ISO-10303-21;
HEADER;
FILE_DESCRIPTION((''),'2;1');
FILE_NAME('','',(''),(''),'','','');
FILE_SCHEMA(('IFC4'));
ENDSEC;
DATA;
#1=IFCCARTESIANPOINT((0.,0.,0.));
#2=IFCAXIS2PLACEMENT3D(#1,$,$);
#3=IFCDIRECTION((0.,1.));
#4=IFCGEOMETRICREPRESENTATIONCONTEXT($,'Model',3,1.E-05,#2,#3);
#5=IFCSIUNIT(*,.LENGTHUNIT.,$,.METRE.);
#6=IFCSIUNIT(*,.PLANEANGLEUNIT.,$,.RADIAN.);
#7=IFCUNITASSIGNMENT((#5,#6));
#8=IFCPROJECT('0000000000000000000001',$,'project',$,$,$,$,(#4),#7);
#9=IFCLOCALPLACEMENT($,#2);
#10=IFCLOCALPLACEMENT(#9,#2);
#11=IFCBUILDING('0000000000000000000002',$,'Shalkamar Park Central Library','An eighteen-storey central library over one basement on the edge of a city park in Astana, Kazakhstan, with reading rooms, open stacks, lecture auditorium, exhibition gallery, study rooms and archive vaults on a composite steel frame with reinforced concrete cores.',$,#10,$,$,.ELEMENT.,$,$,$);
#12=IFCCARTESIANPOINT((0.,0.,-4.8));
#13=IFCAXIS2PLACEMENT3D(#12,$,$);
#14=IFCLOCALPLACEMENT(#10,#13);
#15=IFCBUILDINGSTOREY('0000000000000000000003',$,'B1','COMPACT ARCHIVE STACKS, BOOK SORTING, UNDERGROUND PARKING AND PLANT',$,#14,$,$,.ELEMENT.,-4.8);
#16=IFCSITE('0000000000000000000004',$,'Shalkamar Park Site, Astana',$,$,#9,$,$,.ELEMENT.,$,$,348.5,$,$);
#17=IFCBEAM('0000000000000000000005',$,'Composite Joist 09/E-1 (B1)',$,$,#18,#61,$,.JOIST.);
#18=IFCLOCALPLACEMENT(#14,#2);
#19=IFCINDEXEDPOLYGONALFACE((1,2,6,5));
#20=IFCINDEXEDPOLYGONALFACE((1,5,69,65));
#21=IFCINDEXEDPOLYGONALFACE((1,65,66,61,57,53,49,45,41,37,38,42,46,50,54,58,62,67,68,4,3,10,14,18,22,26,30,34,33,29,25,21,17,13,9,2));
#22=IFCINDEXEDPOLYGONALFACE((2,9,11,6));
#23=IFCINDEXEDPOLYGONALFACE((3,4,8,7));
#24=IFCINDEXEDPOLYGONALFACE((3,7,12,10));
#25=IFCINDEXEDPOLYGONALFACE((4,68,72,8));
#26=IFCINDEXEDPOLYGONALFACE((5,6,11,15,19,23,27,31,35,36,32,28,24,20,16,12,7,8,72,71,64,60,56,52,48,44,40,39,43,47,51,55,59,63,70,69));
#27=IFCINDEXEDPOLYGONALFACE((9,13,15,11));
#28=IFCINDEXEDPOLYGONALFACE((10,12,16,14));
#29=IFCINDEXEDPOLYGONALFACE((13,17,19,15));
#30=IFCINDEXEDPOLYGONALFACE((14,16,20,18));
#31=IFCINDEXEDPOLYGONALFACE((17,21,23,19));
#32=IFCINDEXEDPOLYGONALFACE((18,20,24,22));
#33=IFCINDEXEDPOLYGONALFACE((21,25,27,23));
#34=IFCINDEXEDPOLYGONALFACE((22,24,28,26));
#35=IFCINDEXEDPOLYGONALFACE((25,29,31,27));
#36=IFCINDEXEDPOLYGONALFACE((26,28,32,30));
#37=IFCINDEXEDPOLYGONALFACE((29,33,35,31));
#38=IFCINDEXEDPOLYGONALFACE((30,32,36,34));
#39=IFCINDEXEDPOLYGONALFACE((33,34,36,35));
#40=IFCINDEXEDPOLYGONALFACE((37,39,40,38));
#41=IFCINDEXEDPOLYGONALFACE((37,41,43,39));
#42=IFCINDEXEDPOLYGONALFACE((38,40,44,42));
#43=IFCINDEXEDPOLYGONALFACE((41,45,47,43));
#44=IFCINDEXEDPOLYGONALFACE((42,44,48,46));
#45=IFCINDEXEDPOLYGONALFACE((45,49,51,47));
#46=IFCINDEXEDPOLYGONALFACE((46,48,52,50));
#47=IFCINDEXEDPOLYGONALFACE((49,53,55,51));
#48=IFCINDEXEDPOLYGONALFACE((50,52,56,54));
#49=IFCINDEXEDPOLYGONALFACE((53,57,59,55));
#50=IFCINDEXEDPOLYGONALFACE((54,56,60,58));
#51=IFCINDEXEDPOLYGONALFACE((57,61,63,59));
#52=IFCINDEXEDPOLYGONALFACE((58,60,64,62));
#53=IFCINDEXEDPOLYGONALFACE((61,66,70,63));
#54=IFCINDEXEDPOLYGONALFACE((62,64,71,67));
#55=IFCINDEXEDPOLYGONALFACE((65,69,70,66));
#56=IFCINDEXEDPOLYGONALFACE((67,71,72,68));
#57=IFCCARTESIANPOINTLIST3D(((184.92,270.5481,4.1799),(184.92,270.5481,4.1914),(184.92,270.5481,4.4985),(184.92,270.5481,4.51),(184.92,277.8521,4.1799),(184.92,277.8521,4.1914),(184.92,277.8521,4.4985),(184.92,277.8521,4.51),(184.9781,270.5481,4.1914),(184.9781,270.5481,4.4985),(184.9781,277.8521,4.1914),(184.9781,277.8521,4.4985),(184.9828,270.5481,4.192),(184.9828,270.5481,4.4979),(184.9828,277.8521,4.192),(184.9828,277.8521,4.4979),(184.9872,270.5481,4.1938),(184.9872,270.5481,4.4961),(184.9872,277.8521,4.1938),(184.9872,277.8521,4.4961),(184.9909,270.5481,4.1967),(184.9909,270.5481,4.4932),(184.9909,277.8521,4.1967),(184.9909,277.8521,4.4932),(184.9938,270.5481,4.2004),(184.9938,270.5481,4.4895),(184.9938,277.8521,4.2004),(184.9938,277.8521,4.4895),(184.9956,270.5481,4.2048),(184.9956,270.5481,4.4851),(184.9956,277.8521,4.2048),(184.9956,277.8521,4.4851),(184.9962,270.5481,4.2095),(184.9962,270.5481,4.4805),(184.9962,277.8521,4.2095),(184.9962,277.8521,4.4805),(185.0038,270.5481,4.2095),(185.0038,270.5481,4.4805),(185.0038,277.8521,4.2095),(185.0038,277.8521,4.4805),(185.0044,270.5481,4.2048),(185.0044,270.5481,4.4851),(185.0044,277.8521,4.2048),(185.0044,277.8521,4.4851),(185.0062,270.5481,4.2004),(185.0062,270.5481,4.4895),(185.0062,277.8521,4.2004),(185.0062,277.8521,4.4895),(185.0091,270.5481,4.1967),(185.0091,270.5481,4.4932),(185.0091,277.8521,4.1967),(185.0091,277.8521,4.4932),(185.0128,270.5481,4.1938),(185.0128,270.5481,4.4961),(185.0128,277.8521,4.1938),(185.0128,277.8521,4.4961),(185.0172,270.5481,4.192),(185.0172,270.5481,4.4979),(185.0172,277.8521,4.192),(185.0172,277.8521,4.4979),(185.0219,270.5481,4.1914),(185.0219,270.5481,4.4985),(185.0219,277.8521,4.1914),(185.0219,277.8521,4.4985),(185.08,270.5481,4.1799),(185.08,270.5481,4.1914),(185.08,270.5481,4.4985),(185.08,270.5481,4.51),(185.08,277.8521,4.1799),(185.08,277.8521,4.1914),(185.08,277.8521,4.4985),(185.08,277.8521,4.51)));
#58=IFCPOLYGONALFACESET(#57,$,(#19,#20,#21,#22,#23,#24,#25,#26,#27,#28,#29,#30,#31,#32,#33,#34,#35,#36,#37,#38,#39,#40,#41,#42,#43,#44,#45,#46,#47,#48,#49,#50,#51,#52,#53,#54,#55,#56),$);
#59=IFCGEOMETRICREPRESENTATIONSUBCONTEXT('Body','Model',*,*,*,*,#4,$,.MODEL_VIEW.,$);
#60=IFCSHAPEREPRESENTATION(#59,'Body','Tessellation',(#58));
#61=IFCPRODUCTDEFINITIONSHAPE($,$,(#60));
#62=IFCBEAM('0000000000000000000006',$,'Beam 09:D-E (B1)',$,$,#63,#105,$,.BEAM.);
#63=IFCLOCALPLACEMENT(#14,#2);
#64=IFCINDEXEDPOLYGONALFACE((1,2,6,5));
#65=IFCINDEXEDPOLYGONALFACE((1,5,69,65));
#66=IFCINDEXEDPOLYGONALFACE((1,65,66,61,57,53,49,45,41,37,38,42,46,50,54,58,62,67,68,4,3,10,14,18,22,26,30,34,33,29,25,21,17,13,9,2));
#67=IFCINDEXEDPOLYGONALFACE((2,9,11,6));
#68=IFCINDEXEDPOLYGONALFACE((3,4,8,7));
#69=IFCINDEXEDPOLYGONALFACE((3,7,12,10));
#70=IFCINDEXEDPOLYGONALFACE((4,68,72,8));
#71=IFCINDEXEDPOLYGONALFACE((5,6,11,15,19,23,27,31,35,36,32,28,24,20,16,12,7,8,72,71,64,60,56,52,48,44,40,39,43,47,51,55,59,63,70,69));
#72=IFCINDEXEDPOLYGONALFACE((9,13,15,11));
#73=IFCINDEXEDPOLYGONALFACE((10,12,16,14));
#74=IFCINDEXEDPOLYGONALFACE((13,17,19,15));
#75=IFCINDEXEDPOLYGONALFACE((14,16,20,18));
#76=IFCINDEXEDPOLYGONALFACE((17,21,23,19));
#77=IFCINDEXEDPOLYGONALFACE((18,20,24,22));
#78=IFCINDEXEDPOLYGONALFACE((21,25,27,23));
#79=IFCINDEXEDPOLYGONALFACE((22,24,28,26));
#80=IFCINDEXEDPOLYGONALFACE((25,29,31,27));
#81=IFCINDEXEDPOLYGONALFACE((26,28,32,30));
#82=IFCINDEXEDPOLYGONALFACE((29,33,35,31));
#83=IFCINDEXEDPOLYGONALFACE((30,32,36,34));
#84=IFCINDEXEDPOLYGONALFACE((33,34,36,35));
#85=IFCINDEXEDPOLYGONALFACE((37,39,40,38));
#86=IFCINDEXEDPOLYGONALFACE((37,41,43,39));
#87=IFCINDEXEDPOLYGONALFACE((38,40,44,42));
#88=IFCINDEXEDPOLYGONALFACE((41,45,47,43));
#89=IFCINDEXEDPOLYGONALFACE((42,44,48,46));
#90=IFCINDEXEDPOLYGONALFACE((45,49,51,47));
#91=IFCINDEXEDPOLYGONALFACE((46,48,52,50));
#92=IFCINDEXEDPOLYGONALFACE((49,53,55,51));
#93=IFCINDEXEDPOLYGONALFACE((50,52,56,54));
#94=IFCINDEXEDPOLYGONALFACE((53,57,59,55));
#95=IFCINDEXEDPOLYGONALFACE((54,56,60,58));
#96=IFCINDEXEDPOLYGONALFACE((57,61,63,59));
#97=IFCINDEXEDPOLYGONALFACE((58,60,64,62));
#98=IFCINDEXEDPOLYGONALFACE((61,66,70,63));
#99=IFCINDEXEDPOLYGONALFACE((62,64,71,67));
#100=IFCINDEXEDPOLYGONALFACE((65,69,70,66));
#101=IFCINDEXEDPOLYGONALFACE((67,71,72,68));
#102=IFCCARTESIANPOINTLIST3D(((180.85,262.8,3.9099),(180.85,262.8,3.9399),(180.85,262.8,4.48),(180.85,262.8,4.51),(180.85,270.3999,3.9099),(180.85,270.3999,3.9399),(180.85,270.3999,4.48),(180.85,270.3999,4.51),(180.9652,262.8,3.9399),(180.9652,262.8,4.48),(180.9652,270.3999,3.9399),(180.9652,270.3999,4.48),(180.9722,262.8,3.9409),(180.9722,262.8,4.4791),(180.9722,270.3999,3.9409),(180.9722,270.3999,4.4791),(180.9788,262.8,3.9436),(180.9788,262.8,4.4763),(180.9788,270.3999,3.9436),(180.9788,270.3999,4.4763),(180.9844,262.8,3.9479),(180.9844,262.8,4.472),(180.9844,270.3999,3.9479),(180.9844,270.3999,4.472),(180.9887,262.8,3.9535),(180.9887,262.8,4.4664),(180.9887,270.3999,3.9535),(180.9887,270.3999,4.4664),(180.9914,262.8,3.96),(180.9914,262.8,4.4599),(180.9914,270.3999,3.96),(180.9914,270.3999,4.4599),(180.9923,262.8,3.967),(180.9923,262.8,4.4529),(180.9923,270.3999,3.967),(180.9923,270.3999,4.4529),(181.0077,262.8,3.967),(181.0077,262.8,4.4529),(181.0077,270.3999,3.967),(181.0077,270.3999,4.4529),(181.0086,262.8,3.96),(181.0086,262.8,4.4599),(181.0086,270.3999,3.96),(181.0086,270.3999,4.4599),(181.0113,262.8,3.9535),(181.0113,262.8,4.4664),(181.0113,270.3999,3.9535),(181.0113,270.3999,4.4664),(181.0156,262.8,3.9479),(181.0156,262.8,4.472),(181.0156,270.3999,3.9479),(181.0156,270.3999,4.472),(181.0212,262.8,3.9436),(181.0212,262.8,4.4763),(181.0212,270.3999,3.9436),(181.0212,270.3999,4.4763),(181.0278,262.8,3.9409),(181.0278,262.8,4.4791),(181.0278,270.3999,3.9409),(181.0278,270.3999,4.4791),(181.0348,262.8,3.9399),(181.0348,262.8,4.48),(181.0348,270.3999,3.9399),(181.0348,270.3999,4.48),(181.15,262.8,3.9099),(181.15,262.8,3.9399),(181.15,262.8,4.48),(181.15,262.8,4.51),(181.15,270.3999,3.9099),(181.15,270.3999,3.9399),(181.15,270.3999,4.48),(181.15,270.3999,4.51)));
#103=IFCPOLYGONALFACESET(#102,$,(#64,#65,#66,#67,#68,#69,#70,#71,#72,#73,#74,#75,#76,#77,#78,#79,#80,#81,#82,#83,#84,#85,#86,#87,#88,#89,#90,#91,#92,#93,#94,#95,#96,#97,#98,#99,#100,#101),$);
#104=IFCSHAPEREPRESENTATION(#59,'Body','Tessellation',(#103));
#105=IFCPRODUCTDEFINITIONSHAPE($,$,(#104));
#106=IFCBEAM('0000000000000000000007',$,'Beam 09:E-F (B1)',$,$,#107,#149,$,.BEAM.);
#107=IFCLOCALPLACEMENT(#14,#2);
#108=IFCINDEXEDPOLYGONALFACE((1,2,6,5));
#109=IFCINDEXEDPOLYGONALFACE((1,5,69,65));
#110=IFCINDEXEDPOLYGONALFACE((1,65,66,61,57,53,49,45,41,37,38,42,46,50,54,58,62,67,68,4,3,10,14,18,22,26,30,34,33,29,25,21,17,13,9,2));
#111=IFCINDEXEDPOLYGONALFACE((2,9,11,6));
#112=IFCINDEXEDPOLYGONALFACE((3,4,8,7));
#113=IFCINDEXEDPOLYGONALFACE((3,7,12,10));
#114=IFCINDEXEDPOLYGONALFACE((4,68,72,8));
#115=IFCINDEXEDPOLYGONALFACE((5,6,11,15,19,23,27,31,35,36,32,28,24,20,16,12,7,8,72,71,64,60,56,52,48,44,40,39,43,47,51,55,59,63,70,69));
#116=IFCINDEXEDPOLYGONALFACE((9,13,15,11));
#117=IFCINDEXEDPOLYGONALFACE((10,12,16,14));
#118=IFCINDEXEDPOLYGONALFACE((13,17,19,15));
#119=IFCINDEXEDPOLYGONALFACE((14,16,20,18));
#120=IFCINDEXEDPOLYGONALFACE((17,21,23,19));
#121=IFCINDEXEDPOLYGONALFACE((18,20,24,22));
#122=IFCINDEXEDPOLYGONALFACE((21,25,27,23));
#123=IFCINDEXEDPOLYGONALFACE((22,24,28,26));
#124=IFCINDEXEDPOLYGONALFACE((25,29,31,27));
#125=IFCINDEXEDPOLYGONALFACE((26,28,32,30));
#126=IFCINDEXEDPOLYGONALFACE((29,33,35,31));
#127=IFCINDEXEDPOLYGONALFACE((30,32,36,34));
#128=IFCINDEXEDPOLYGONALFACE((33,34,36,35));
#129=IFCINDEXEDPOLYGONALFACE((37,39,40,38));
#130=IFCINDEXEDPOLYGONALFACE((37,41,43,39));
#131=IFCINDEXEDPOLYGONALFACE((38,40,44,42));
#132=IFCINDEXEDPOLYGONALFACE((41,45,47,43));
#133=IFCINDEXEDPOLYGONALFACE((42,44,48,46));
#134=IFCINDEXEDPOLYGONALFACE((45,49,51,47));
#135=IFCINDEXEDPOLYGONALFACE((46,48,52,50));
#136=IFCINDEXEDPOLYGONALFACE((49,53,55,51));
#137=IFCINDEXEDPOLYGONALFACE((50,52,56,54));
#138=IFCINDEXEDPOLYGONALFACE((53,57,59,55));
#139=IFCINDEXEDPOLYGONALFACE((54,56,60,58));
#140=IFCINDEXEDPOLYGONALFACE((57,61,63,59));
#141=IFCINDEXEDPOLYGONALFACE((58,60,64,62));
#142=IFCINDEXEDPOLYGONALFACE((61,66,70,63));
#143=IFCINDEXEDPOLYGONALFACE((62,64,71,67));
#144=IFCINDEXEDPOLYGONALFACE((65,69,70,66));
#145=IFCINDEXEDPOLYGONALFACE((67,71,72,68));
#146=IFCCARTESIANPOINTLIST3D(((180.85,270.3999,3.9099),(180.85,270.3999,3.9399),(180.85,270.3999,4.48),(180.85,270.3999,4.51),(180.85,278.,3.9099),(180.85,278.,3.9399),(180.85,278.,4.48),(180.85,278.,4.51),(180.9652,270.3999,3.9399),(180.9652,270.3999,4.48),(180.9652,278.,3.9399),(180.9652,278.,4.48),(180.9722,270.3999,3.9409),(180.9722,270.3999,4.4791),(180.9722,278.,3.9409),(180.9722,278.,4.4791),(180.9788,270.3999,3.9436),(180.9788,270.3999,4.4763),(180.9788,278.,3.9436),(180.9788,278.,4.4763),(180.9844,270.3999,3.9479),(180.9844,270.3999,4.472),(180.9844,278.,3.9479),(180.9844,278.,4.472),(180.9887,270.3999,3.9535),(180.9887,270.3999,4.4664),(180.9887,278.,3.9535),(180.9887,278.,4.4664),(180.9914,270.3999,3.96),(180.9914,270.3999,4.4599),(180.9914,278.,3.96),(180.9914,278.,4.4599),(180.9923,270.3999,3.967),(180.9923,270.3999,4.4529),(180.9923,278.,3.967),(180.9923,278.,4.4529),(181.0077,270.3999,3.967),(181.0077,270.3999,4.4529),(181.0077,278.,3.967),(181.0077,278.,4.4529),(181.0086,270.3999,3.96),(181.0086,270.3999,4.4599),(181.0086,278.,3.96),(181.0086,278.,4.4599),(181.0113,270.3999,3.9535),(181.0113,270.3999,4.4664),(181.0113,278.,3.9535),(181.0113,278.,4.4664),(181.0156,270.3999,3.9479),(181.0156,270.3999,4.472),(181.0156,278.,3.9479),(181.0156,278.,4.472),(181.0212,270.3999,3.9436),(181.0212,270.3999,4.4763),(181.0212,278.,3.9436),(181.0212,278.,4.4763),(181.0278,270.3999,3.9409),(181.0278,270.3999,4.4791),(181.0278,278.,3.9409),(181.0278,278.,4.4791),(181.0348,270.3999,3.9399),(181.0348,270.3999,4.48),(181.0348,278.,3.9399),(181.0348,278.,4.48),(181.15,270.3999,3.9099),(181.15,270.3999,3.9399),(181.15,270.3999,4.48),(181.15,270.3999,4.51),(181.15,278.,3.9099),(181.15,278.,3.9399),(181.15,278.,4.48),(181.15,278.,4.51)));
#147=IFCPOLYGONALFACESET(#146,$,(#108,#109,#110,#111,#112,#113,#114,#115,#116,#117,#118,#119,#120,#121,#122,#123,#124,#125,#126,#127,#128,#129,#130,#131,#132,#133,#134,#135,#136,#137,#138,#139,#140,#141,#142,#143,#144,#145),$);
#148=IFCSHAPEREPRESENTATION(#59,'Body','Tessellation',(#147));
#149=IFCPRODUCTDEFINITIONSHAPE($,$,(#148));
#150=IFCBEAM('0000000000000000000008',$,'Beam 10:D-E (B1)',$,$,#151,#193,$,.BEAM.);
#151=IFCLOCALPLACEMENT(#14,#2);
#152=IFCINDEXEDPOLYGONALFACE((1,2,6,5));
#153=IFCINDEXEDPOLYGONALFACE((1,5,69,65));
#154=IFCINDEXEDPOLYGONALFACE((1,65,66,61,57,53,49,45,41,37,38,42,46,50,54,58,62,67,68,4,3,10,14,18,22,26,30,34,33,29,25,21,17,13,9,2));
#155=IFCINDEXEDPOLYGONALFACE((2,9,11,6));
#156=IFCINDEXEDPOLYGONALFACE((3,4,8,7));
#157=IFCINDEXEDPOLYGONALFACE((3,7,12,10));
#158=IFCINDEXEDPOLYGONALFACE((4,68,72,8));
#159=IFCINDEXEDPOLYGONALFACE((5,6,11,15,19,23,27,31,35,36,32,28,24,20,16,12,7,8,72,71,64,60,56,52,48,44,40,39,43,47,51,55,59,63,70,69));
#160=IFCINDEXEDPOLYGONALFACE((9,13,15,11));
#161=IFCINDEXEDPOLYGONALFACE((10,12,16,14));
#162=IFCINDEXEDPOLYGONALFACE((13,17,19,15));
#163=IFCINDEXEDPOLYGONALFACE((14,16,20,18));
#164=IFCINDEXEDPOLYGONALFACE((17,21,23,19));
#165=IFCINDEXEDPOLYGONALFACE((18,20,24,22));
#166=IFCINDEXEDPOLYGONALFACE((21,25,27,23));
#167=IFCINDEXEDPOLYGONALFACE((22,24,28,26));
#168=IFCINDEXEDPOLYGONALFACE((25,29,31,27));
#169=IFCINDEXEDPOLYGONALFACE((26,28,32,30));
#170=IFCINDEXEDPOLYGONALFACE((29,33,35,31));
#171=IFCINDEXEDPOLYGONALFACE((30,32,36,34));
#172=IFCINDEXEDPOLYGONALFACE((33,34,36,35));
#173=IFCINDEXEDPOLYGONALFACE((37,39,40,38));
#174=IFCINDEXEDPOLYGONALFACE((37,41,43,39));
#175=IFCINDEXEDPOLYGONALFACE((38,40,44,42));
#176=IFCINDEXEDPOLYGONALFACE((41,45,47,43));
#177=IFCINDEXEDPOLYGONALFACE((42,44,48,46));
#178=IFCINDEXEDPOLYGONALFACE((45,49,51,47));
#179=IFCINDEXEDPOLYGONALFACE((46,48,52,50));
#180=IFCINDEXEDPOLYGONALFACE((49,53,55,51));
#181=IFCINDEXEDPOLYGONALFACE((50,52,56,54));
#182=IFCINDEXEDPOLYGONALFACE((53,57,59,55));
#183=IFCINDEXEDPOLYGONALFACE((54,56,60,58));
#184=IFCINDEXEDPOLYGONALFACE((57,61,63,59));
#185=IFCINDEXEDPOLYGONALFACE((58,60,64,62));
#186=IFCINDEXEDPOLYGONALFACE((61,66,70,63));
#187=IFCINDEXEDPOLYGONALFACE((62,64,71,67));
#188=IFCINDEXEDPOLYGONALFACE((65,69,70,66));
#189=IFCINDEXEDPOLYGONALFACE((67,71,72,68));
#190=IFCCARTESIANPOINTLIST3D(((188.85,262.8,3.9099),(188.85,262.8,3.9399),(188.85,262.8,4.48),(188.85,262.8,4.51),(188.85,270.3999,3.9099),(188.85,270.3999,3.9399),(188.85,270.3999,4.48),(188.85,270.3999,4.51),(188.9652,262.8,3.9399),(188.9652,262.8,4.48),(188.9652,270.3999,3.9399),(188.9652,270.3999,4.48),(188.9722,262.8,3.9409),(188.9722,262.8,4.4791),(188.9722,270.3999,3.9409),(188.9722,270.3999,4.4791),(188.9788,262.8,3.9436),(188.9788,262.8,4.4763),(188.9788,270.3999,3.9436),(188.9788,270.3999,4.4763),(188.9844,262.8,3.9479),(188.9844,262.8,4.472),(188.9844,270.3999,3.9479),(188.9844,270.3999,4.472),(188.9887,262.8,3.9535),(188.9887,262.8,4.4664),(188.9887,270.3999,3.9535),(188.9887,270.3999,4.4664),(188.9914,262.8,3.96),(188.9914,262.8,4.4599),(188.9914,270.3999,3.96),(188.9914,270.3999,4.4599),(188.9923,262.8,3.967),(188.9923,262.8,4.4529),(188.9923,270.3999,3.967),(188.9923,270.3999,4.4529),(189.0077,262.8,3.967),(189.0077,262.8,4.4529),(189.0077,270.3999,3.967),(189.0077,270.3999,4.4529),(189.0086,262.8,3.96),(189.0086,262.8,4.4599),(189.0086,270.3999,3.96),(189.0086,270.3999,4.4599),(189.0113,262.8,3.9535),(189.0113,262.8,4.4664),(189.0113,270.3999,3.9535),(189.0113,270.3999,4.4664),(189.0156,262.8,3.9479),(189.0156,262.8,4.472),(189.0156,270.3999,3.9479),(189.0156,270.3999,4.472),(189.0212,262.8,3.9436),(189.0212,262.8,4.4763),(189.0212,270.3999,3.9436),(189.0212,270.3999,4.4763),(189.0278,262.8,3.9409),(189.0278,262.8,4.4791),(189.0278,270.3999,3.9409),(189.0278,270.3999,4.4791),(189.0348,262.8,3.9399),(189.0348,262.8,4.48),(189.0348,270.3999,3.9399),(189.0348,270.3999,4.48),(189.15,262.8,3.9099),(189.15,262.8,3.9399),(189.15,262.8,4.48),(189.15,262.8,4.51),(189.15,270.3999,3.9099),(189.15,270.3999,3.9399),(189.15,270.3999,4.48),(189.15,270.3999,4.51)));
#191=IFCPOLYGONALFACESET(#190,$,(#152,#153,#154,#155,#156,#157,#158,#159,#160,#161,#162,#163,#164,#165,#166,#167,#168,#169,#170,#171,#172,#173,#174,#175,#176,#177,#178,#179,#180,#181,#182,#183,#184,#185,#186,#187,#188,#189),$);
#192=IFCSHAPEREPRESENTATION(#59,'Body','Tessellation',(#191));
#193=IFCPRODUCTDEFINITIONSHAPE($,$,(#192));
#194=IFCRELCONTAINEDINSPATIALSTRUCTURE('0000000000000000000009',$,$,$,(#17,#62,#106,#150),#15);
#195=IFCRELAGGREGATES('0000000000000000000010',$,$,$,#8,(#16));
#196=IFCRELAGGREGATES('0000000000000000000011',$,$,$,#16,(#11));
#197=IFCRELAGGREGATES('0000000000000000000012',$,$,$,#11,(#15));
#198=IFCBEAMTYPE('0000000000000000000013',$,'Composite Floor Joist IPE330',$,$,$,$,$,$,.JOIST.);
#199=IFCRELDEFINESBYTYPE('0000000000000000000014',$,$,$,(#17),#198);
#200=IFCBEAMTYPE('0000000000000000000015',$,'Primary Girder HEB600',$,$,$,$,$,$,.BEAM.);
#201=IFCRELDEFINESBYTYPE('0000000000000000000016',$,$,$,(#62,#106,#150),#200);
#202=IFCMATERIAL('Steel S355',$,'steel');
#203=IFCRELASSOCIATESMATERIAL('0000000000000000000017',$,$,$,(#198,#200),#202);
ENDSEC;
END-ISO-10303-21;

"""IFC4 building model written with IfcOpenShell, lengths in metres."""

from ifc_helpers import new_model, si_unit, direction, frame, origin, origin_2d, place, context, subcontext, project, spatial, i_section, extrude, material, material_profile, profile_set, type_object, element, save


model = new_model("IFC4")

# Units and contexts
model_context = context("Model", 3, precision=1e-05, world=origin(), true_north=direction((0.0, 1.0)))
body_context = subcontext(model_context, "Body", "Model", "MODEL_VIEW")
ifc_project = project(units=[si_unit("LENGTHUNIT", "METRE"), si_unit("PLANEANGLEUNIT", "RADIAN")], contexts=[model_context])

# Site, building, storey
site_placement = place(None, origin())
site = spatial("IfcSite", under=ifc_project, at=site_placement, Name="Shalkamar Park Site, Astana", CompositionType="ELEMENT", RefElevation=348.5)
building_placement = place(site_placement, origin())
building = spatial("IfcBuilding", under=site, at=building_placement, Name="Shalkamar Park Central Library", Description="An eighteen-storey central library over one basement on the edge of a city park in Astana, Kazakhstan, with reading rooms, open stacks, lecture auditorium, exhibition gallery, study rooms and archive vaults on a composite steel frame with reinforced concrete cores.", CompositionType="ELEMENT")
storey_placement = place(building_placement, frame((0.0, 0.0, -4.8)))
storey = spatial("IfcBuildingStorey", under=building, at=storey_placement, Name="B1", Description="COMPACT ARCHIVE STACKS, BOOK SORTING, UNDERGROUND PARKING AND PLANT", CompositionType="ELEMENT", Elevation=-4.8)

# Shared definitions
ifc_material_1 = material(Name="Steel S355", Category="steel")

# Beams
ifc_material_profile_1 = material_profile(ifc_material_1, i_section(OverallWidth=0.1599, OverallDepth=0.3301, WebThickness=0.0076, FlangeThickness=0.0115, FilletRadius=0.0181, at=origin_2d()), Name="IPE 330")
ifc_profile_set_1 = profile_set([ifc_material_profile_1], Name="Steel S355")
beam_type_1 = type_object("IfcBeamType", Name="Composite Floor Joist IPE330", PredefinedType="JOIST", material=ifc_profile_set_1)
beam_1_placement = place(storey_placement, frame((185.0, 270.5481, 4.345), z_axis=(0.0, 1.0, 0.0), x_axis=(-1.0, 0.0, 0.0)))
element("IfcBeam", 1, at=beam_1_placement, inside=storey, type_object=beam_type_1, Name="Composite Joist 09/E-1 (B1)", PredefinedType="JOIST", context=body_context, shape_type="SweptSolid", body=[
    extrude(i_section(OverallWidth=0.1599, OverallDepth=0.3301, WebThickness=0.0076, FlangeThickness=0.0115, FilletRadius=0.0181, at=origin_2d()), origin(), (0.0, 0.0, 1.0), 7.304),
])
ifc_material_profile_2 = material_profile(ifc_material_1, i_section(OverallWidth=0.3, OverallDepth=0.6001, WebThickness=0.0154, FlangeThickness=0.03, FilletRadius=0.0271, at=origin_2d()), Name="HEB 600")
ifc_profile_set_2 = profile_set([ifc_material_profile_2], Name="Steel S355")
beam_type_2 = type_object("IfcBeamType", Name="Primary Girder HEB600", PredefinedType="BEAM", material=ifc_profile_set_2)
beam_2_placement = place(storey_placement, frame((181.0, 262.8, 4.21), z_axis=(0.0, 1.0, 0.0), x_axis=(-1.0, 0.0, 0.0)))
element("IfcBeam", 2, at=beam_2_placement, inside=storey, type_object=beam_type_2, Name="Beam 09:D-E (B1)", PredefinedType="BEAM", context=body_context, shape_type="SweptSolid", body=[
    extrude(i_section(OverallWidth=0.3, OverallDepth=0.6001, WebThickness=0.0154, FlangeThickness=0.03, FilletRadius=0.0271, at=origin_2d()), origin(), (0.0, 0.0, 1.0), 7.5999),
])
beam_3_placement = place(storey_placement, frame((181.0, 270.3999, 4.21), z_axis=(0.0, 1.0, 0.0), x_axis=(-1.0, 0.0, 0.0)))
element("IfcBeam", 3, at=beam_3_placement, inside=storey, type_object=beam_type_2, Name="Beam 09:E-F (B1)", PredefinedType="BEAM", context=body_context, shape_type="SweptSolid", body=[
    extrude(i_section(OverallWidth=0.3, OverallDepth=0.6001, WebThickness=0.0154, FlangeThickness=0.03, FilletRadius=0.0271, at=origin_2d()), origin(), (0.0, 0.0, 1.0), 7.6001),
])
beam_4_placement = place(storey_placement, frame((189.0, 262.8, 4.21), z_axis=(0.0, 1.0, 0.0), x_axis=(-1.0, 0.0, 0.0)))
element("IfcBeam", 4, at=beam_4_placement, inside=storey, type_object=beam_type_2, Name="Beam 10:D-E (B1)", PredefinedType="BEAM", context=body_context, shape_type="SweptSolid", body=[
    extrude(i_section(OverallWidth=0.3, OverallDepth=0.6001, WebThickness=0.0154, FlangeThickness=0.03, FilletRadius=0.0271, at=origin_2d()), origin(), (0.0, 0.0, 1.0), 7.5999),
])

save(model, "model.ifc")
